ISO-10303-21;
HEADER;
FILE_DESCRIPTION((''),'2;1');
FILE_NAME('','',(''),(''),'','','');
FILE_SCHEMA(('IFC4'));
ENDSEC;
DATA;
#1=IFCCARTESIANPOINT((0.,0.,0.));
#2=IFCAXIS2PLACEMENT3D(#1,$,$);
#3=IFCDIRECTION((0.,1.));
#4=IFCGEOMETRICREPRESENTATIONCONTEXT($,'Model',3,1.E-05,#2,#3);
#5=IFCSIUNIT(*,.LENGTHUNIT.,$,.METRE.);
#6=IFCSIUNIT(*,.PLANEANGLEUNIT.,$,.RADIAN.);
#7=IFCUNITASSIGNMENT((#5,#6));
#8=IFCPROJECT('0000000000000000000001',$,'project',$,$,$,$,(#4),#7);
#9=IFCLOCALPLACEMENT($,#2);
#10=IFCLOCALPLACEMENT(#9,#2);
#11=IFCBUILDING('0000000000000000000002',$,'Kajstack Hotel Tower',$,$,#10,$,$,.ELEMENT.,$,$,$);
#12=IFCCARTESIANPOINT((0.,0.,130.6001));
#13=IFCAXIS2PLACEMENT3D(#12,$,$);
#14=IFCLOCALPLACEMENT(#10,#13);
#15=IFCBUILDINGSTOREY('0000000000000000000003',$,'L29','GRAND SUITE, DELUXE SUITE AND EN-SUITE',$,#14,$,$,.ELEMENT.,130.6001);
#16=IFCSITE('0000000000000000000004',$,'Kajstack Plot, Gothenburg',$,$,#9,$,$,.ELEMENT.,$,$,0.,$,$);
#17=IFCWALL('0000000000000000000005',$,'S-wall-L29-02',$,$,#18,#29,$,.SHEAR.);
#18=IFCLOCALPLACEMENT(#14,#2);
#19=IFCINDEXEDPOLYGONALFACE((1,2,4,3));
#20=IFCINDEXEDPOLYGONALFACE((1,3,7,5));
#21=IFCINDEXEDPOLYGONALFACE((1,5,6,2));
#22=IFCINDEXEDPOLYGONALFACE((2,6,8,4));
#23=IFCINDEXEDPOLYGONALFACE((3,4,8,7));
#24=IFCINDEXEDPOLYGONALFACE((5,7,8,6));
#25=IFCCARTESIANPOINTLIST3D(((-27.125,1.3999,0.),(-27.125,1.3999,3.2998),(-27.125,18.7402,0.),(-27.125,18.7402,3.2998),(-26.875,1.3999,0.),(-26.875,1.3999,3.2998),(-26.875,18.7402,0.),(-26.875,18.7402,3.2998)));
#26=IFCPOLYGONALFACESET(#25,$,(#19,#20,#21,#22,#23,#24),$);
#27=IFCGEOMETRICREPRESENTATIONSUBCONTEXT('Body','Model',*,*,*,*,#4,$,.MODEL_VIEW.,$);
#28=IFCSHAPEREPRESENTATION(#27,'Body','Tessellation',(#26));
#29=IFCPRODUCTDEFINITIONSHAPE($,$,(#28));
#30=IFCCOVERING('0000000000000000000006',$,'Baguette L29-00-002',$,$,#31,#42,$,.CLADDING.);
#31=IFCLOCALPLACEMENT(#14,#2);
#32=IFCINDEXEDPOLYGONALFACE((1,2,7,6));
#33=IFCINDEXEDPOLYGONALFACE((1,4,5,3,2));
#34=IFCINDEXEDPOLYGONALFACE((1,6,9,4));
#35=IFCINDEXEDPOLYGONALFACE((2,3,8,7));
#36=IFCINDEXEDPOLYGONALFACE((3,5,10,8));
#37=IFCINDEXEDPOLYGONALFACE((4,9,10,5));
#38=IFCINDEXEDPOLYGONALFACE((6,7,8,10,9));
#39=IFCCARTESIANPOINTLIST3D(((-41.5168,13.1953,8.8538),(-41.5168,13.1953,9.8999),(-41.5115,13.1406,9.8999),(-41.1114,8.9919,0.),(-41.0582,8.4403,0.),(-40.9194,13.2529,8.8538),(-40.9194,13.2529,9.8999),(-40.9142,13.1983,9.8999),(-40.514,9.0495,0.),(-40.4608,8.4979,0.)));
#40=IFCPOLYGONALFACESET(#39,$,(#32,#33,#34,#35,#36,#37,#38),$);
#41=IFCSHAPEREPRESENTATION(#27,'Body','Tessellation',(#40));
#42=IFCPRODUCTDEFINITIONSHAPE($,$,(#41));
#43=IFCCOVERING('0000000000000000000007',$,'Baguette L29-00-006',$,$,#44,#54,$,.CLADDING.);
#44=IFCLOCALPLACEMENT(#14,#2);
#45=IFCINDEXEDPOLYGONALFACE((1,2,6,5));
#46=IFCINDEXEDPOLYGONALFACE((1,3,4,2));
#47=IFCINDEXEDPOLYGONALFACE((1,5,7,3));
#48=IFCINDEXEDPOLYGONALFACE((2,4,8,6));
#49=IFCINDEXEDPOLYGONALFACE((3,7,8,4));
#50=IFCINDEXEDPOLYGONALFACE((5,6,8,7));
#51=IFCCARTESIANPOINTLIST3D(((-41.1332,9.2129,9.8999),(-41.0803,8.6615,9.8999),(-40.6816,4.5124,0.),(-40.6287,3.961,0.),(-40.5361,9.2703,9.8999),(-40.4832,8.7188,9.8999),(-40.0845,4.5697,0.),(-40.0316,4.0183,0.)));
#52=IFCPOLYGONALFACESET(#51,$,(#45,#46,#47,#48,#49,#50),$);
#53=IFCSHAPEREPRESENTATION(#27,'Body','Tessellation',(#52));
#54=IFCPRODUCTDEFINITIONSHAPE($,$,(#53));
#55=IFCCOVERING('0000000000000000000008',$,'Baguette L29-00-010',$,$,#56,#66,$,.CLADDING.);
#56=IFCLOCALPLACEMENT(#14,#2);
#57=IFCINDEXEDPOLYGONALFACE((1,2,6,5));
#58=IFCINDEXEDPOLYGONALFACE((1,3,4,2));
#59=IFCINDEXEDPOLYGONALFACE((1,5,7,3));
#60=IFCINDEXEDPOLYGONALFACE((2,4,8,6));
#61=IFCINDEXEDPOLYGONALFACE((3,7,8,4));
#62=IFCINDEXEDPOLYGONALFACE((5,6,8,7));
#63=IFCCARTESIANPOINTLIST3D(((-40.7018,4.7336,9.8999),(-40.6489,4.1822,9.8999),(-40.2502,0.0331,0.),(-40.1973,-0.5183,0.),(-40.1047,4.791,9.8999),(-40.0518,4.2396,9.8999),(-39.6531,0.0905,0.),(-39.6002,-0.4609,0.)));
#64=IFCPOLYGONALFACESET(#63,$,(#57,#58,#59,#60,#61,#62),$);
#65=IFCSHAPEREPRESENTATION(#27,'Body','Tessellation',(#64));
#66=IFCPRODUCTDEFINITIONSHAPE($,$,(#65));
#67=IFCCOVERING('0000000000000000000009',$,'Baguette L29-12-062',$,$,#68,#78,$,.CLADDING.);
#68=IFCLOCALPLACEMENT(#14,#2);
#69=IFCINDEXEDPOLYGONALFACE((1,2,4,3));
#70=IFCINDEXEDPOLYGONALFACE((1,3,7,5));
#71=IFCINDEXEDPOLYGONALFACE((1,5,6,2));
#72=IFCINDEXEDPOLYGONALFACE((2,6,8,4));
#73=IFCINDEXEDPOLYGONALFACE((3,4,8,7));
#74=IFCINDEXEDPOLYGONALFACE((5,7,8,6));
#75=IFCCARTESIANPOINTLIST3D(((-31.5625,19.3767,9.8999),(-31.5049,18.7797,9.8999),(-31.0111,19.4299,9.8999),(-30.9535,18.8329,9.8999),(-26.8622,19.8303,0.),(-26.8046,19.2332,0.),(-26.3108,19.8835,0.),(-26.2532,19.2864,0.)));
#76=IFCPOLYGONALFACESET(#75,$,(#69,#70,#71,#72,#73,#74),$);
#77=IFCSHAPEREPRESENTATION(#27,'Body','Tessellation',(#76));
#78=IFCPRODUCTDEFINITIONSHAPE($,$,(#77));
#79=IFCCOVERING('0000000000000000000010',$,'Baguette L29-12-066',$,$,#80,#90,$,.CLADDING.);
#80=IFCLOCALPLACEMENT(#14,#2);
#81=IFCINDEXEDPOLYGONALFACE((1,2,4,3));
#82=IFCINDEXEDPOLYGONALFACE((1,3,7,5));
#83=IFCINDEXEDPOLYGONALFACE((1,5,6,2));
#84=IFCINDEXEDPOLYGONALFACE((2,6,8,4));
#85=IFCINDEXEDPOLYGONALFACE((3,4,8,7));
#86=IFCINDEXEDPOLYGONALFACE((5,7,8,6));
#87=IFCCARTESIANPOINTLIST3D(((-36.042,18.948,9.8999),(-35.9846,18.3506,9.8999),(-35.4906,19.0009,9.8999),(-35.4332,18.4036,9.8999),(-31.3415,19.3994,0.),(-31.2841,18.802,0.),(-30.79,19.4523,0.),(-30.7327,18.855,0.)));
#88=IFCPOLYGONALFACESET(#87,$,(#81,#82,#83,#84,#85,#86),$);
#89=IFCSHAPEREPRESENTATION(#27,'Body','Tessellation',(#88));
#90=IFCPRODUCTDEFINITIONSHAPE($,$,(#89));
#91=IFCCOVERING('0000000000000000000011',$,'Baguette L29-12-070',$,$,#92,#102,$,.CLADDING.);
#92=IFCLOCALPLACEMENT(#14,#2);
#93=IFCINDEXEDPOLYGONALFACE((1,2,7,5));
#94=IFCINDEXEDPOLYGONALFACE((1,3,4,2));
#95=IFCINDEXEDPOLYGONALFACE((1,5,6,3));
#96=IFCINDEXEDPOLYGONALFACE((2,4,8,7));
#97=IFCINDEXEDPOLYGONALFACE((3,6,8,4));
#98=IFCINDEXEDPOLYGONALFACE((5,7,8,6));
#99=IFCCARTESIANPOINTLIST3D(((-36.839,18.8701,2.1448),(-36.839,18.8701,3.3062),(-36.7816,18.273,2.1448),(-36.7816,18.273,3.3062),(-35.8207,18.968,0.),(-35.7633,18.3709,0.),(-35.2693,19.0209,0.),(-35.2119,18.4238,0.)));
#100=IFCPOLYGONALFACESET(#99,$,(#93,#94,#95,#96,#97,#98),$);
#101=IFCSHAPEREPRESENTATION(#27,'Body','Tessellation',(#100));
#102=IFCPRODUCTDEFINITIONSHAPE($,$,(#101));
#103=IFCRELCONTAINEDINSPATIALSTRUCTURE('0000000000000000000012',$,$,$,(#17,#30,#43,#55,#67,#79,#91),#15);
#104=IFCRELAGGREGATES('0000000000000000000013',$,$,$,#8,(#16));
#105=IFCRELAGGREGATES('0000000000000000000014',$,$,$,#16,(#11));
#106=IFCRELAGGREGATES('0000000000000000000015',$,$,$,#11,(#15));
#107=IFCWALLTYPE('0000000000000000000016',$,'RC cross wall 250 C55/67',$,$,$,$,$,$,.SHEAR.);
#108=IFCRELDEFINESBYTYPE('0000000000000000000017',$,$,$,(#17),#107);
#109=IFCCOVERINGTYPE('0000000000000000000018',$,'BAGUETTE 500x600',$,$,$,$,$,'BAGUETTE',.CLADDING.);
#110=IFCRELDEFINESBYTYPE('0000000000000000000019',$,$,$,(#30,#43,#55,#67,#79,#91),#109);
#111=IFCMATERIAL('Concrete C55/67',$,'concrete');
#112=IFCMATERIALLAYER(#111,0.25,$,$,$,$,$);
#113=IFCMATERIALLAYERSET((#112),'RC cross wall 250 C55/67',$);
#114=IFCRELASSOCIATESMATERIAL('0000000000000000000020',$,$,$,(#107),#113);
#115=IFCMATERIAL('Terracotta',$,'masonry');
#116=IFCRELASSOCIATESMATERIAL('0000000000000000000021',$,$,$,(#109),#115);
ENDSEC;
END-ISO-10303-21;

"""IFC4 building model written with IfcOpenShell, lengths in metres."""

from ifc_helpers import new_model, si_unit, direction, frame, frame_2d, origin, origin_2d, place, context, subcontext, project, spatial, polyline, rectangle, outline, extrude, material, layer, layer_set, material_profile, profile_set, type_object, element, save


model = new_model("IFC4")

# Units and contexts
model_context = context("Model", 3, precision=1e-05, world=origin(), true_north=direction((0.0, 1.0)))
body_context = subcontext(model_context, "Body", "Model", "MODEL_VIEW")
ifc_project = project(units=[si_unit("LENGTHUNIT", "METRE"), si_unit("PLANEANGLEUNIT", "RADIAN")], contexts=[model_context])

# Site, building, storey
site_placement = place(None, origin())
site = spatial("IfcSite", under=ifc_project, at=site_placement, Name="Kajstack Plot, Gothenburg", CompositionType="ELEMENT", RefElevation=0.0)
building_placement = place(site_placement, origin())
building = spatial("IfcBuilding", under=site, at=building_placement, Name="Kajstack Hotel Tower", CompositionType="ELEMENT")
storey_placement = place(building_placement, frame((0.0, 0.0, 130.6001)))
storey = spatial("IfcBuildingStorey", under=building, at=storey_placement, Name="L29", Description="GRAND SUITE, DELUXE SUITE AND EN-SUITE", CompositionType="ELEMENT", Elevation=130.6001)

# Wall
ifc_material_1 = material(Name="Concrete C55/67", Category="concrete")
ifc_layer_1 = layer(ifc_material_1, 0.25)
ifc_layer_set_1 = layer_set([ifc_layer_1], Name="RC cross wall 250 C55/67")
wall_type_1 = type_object("IfcWallType", Name="RC cross wall 250 C55/67", PredefinedType="SHEAR", material=ifc_layer_set_1)
wall_1_placement = place(storey_placement, frame((-27.0, 1.3999, 0.0), z_axis=(0.0, 0.0, 1.0), x_axis=(0.0, 1.0, 0.0)))
element("IfcWall", 1, at=wall_1_placement, inside=storey, type_object=wall_type_1, Name="S-wall-L29-02", PredefinedType="SHEAR", context=body_context, shape_type="SweptSolid", body=[
    extrude(rectangle(XDim=17.3403, YDim=0.25, at=frame_2d((8.6702, 0.0))), origin(), (0.0, 0.0, 1.0), 3.2998),
])

# Coverings
ifc_material_2 = material(Name="Terracotta", Category="masonry")
ifc_material_profile = material_profile(ifc_material_2, rectangle(XDim=0.6001, YDim=0.5, at=origin_2d()), Name="Terracotta-clad concrete baguette 500 x 600")
ifc_profile_set = profile_set([ifc_material_profile], Name="Terracotta")
covering_type = type_object("IfcCoveringType", Name="BAGUETTE 500x600", ElementType="BAGUETTE", PredefinedType="CLADDING", material=ifc_profile_set)
covering_1_placement = place(storey_placement, frame((-40.9194, 13.2529, 0.0), z_axis=(-0.995381, -0.095999, 0.0), x_axis=(0.095999, -0.995381, 0.0)))
element("IfcCovering", 2, at=covering_1_placement, inside=storey, type_object=covering_type, Name="Baguette L29-00-002", PredefinedType="CLADDING", context=body_context, shape_type="SweptSolid", body=[
    extrude(outline(polyline([(0.0549, 9.8999), (0.0, 9.8999), (0.0, 8.8538), (4.2229, 0.0), (4.7771, 0.0), (0.0549, 9.8999)])), origin(), (0.0, 0.0, 1.0), 0.6001),
])
for number, where, z_axis, x_axis, name in (
    (3, (-40.5361, 9.2703, 0.0), (-0.995416, -0.095635, 0.0), (0.095635, -0.995416, 0.0), "Baguette L29-00-006"),
    (4, (-40.1047, 4.791, 0.0), (-0.995416, -0.095635, 0.0), (0.095635, -0.995416, 0.0), "Baguette L29-00-010"),
):
    element("IfcCovering", number, at=place(storey_placement, frame(where, z_axis=z_axis, x_axis=x_axis)), inside=storey, type_object=covering_type, Name=name, PredefinedType="CLADDING", context=body_context, shape_type="SweptSolid", body=[
        extrude(outline(polyline([(0.0, 9.8999), (4.7222, 0.0), (5.2761, 0.0), (0.554, 9.8999), (0.0, 9.8999)])), origin(), (0.0, 0.0, 1.0), 0.5999),
    ])
covering_2_placement = place(storey_placement, frame((-26.2532, 19.2864, 0.0), z_axis=(-0.096038, 0.995378, 0.0), x_axis=(-0.995378, -0.096038, 0.0)))
element("IfcCovering", 5, at=covering_2_placement, inside=storey, type_object=covering_type, Name="Baguette L29-12-062", PredefinedType="CLADDING", context=body_context, shape_type="SweptSolid", body=[
    extrude(outline(polyline([(4.7222, 9.8999), (0.0, 0.0), (0.554, 0.0), (5.2761, 9.8999), (4.7222, 9.8999)])), origin(), (0.0, 0.0, 1.0), 0.5999),
])
covering_3_placement = place(storey_placement, frame((-30.7327, 18.855, 0.0), z_axis=(-0.095596, 0.99542, 0.0), x_axis=(-0.99542, -0.095596, 0.0)))
element("IfcCovering", 6, at=covering_3_placement, inside=storey, type_object=covering_type, Name="Baguette L29-12-066", PredefinedType="CLADDING", context=body_context, shape_type="SweptSolid", body=[
    extrude(outline(polyline([(4.7222, 9.8999), (0.0, 0.0), (0.554, 0.0), (5.2761, 9.8999), (4.7222, 9.8999)])), origin(), (0.0, 0.0, 1.0), 0.6001),
])
covering_4_placement = place(storey_placement, frame((-35.2119, 18.4238, 0.0), z_axis=(-0.095635, 0.995416, 0.0), x_axis=(-0.995416, -0.095635, 0.0)))
element("IfcCovering", 7, at=covering_4_placement, inside=storey, type_object=covering_type, Name="Baguette L29-12-070", PredefinedType="CLADDING", context=body_context, shape_type="SweptSolid", body=[
    extrude(outline(polyline([(0.554, 0.0), (1.5769, 2.1448), (1.5769, 3.3062), (0.0, 0.0), (0.554, 0.0)])), origin(), (0.0, 0.0, 1.0), 0.5999),
])

save(model, "model.ifc")
